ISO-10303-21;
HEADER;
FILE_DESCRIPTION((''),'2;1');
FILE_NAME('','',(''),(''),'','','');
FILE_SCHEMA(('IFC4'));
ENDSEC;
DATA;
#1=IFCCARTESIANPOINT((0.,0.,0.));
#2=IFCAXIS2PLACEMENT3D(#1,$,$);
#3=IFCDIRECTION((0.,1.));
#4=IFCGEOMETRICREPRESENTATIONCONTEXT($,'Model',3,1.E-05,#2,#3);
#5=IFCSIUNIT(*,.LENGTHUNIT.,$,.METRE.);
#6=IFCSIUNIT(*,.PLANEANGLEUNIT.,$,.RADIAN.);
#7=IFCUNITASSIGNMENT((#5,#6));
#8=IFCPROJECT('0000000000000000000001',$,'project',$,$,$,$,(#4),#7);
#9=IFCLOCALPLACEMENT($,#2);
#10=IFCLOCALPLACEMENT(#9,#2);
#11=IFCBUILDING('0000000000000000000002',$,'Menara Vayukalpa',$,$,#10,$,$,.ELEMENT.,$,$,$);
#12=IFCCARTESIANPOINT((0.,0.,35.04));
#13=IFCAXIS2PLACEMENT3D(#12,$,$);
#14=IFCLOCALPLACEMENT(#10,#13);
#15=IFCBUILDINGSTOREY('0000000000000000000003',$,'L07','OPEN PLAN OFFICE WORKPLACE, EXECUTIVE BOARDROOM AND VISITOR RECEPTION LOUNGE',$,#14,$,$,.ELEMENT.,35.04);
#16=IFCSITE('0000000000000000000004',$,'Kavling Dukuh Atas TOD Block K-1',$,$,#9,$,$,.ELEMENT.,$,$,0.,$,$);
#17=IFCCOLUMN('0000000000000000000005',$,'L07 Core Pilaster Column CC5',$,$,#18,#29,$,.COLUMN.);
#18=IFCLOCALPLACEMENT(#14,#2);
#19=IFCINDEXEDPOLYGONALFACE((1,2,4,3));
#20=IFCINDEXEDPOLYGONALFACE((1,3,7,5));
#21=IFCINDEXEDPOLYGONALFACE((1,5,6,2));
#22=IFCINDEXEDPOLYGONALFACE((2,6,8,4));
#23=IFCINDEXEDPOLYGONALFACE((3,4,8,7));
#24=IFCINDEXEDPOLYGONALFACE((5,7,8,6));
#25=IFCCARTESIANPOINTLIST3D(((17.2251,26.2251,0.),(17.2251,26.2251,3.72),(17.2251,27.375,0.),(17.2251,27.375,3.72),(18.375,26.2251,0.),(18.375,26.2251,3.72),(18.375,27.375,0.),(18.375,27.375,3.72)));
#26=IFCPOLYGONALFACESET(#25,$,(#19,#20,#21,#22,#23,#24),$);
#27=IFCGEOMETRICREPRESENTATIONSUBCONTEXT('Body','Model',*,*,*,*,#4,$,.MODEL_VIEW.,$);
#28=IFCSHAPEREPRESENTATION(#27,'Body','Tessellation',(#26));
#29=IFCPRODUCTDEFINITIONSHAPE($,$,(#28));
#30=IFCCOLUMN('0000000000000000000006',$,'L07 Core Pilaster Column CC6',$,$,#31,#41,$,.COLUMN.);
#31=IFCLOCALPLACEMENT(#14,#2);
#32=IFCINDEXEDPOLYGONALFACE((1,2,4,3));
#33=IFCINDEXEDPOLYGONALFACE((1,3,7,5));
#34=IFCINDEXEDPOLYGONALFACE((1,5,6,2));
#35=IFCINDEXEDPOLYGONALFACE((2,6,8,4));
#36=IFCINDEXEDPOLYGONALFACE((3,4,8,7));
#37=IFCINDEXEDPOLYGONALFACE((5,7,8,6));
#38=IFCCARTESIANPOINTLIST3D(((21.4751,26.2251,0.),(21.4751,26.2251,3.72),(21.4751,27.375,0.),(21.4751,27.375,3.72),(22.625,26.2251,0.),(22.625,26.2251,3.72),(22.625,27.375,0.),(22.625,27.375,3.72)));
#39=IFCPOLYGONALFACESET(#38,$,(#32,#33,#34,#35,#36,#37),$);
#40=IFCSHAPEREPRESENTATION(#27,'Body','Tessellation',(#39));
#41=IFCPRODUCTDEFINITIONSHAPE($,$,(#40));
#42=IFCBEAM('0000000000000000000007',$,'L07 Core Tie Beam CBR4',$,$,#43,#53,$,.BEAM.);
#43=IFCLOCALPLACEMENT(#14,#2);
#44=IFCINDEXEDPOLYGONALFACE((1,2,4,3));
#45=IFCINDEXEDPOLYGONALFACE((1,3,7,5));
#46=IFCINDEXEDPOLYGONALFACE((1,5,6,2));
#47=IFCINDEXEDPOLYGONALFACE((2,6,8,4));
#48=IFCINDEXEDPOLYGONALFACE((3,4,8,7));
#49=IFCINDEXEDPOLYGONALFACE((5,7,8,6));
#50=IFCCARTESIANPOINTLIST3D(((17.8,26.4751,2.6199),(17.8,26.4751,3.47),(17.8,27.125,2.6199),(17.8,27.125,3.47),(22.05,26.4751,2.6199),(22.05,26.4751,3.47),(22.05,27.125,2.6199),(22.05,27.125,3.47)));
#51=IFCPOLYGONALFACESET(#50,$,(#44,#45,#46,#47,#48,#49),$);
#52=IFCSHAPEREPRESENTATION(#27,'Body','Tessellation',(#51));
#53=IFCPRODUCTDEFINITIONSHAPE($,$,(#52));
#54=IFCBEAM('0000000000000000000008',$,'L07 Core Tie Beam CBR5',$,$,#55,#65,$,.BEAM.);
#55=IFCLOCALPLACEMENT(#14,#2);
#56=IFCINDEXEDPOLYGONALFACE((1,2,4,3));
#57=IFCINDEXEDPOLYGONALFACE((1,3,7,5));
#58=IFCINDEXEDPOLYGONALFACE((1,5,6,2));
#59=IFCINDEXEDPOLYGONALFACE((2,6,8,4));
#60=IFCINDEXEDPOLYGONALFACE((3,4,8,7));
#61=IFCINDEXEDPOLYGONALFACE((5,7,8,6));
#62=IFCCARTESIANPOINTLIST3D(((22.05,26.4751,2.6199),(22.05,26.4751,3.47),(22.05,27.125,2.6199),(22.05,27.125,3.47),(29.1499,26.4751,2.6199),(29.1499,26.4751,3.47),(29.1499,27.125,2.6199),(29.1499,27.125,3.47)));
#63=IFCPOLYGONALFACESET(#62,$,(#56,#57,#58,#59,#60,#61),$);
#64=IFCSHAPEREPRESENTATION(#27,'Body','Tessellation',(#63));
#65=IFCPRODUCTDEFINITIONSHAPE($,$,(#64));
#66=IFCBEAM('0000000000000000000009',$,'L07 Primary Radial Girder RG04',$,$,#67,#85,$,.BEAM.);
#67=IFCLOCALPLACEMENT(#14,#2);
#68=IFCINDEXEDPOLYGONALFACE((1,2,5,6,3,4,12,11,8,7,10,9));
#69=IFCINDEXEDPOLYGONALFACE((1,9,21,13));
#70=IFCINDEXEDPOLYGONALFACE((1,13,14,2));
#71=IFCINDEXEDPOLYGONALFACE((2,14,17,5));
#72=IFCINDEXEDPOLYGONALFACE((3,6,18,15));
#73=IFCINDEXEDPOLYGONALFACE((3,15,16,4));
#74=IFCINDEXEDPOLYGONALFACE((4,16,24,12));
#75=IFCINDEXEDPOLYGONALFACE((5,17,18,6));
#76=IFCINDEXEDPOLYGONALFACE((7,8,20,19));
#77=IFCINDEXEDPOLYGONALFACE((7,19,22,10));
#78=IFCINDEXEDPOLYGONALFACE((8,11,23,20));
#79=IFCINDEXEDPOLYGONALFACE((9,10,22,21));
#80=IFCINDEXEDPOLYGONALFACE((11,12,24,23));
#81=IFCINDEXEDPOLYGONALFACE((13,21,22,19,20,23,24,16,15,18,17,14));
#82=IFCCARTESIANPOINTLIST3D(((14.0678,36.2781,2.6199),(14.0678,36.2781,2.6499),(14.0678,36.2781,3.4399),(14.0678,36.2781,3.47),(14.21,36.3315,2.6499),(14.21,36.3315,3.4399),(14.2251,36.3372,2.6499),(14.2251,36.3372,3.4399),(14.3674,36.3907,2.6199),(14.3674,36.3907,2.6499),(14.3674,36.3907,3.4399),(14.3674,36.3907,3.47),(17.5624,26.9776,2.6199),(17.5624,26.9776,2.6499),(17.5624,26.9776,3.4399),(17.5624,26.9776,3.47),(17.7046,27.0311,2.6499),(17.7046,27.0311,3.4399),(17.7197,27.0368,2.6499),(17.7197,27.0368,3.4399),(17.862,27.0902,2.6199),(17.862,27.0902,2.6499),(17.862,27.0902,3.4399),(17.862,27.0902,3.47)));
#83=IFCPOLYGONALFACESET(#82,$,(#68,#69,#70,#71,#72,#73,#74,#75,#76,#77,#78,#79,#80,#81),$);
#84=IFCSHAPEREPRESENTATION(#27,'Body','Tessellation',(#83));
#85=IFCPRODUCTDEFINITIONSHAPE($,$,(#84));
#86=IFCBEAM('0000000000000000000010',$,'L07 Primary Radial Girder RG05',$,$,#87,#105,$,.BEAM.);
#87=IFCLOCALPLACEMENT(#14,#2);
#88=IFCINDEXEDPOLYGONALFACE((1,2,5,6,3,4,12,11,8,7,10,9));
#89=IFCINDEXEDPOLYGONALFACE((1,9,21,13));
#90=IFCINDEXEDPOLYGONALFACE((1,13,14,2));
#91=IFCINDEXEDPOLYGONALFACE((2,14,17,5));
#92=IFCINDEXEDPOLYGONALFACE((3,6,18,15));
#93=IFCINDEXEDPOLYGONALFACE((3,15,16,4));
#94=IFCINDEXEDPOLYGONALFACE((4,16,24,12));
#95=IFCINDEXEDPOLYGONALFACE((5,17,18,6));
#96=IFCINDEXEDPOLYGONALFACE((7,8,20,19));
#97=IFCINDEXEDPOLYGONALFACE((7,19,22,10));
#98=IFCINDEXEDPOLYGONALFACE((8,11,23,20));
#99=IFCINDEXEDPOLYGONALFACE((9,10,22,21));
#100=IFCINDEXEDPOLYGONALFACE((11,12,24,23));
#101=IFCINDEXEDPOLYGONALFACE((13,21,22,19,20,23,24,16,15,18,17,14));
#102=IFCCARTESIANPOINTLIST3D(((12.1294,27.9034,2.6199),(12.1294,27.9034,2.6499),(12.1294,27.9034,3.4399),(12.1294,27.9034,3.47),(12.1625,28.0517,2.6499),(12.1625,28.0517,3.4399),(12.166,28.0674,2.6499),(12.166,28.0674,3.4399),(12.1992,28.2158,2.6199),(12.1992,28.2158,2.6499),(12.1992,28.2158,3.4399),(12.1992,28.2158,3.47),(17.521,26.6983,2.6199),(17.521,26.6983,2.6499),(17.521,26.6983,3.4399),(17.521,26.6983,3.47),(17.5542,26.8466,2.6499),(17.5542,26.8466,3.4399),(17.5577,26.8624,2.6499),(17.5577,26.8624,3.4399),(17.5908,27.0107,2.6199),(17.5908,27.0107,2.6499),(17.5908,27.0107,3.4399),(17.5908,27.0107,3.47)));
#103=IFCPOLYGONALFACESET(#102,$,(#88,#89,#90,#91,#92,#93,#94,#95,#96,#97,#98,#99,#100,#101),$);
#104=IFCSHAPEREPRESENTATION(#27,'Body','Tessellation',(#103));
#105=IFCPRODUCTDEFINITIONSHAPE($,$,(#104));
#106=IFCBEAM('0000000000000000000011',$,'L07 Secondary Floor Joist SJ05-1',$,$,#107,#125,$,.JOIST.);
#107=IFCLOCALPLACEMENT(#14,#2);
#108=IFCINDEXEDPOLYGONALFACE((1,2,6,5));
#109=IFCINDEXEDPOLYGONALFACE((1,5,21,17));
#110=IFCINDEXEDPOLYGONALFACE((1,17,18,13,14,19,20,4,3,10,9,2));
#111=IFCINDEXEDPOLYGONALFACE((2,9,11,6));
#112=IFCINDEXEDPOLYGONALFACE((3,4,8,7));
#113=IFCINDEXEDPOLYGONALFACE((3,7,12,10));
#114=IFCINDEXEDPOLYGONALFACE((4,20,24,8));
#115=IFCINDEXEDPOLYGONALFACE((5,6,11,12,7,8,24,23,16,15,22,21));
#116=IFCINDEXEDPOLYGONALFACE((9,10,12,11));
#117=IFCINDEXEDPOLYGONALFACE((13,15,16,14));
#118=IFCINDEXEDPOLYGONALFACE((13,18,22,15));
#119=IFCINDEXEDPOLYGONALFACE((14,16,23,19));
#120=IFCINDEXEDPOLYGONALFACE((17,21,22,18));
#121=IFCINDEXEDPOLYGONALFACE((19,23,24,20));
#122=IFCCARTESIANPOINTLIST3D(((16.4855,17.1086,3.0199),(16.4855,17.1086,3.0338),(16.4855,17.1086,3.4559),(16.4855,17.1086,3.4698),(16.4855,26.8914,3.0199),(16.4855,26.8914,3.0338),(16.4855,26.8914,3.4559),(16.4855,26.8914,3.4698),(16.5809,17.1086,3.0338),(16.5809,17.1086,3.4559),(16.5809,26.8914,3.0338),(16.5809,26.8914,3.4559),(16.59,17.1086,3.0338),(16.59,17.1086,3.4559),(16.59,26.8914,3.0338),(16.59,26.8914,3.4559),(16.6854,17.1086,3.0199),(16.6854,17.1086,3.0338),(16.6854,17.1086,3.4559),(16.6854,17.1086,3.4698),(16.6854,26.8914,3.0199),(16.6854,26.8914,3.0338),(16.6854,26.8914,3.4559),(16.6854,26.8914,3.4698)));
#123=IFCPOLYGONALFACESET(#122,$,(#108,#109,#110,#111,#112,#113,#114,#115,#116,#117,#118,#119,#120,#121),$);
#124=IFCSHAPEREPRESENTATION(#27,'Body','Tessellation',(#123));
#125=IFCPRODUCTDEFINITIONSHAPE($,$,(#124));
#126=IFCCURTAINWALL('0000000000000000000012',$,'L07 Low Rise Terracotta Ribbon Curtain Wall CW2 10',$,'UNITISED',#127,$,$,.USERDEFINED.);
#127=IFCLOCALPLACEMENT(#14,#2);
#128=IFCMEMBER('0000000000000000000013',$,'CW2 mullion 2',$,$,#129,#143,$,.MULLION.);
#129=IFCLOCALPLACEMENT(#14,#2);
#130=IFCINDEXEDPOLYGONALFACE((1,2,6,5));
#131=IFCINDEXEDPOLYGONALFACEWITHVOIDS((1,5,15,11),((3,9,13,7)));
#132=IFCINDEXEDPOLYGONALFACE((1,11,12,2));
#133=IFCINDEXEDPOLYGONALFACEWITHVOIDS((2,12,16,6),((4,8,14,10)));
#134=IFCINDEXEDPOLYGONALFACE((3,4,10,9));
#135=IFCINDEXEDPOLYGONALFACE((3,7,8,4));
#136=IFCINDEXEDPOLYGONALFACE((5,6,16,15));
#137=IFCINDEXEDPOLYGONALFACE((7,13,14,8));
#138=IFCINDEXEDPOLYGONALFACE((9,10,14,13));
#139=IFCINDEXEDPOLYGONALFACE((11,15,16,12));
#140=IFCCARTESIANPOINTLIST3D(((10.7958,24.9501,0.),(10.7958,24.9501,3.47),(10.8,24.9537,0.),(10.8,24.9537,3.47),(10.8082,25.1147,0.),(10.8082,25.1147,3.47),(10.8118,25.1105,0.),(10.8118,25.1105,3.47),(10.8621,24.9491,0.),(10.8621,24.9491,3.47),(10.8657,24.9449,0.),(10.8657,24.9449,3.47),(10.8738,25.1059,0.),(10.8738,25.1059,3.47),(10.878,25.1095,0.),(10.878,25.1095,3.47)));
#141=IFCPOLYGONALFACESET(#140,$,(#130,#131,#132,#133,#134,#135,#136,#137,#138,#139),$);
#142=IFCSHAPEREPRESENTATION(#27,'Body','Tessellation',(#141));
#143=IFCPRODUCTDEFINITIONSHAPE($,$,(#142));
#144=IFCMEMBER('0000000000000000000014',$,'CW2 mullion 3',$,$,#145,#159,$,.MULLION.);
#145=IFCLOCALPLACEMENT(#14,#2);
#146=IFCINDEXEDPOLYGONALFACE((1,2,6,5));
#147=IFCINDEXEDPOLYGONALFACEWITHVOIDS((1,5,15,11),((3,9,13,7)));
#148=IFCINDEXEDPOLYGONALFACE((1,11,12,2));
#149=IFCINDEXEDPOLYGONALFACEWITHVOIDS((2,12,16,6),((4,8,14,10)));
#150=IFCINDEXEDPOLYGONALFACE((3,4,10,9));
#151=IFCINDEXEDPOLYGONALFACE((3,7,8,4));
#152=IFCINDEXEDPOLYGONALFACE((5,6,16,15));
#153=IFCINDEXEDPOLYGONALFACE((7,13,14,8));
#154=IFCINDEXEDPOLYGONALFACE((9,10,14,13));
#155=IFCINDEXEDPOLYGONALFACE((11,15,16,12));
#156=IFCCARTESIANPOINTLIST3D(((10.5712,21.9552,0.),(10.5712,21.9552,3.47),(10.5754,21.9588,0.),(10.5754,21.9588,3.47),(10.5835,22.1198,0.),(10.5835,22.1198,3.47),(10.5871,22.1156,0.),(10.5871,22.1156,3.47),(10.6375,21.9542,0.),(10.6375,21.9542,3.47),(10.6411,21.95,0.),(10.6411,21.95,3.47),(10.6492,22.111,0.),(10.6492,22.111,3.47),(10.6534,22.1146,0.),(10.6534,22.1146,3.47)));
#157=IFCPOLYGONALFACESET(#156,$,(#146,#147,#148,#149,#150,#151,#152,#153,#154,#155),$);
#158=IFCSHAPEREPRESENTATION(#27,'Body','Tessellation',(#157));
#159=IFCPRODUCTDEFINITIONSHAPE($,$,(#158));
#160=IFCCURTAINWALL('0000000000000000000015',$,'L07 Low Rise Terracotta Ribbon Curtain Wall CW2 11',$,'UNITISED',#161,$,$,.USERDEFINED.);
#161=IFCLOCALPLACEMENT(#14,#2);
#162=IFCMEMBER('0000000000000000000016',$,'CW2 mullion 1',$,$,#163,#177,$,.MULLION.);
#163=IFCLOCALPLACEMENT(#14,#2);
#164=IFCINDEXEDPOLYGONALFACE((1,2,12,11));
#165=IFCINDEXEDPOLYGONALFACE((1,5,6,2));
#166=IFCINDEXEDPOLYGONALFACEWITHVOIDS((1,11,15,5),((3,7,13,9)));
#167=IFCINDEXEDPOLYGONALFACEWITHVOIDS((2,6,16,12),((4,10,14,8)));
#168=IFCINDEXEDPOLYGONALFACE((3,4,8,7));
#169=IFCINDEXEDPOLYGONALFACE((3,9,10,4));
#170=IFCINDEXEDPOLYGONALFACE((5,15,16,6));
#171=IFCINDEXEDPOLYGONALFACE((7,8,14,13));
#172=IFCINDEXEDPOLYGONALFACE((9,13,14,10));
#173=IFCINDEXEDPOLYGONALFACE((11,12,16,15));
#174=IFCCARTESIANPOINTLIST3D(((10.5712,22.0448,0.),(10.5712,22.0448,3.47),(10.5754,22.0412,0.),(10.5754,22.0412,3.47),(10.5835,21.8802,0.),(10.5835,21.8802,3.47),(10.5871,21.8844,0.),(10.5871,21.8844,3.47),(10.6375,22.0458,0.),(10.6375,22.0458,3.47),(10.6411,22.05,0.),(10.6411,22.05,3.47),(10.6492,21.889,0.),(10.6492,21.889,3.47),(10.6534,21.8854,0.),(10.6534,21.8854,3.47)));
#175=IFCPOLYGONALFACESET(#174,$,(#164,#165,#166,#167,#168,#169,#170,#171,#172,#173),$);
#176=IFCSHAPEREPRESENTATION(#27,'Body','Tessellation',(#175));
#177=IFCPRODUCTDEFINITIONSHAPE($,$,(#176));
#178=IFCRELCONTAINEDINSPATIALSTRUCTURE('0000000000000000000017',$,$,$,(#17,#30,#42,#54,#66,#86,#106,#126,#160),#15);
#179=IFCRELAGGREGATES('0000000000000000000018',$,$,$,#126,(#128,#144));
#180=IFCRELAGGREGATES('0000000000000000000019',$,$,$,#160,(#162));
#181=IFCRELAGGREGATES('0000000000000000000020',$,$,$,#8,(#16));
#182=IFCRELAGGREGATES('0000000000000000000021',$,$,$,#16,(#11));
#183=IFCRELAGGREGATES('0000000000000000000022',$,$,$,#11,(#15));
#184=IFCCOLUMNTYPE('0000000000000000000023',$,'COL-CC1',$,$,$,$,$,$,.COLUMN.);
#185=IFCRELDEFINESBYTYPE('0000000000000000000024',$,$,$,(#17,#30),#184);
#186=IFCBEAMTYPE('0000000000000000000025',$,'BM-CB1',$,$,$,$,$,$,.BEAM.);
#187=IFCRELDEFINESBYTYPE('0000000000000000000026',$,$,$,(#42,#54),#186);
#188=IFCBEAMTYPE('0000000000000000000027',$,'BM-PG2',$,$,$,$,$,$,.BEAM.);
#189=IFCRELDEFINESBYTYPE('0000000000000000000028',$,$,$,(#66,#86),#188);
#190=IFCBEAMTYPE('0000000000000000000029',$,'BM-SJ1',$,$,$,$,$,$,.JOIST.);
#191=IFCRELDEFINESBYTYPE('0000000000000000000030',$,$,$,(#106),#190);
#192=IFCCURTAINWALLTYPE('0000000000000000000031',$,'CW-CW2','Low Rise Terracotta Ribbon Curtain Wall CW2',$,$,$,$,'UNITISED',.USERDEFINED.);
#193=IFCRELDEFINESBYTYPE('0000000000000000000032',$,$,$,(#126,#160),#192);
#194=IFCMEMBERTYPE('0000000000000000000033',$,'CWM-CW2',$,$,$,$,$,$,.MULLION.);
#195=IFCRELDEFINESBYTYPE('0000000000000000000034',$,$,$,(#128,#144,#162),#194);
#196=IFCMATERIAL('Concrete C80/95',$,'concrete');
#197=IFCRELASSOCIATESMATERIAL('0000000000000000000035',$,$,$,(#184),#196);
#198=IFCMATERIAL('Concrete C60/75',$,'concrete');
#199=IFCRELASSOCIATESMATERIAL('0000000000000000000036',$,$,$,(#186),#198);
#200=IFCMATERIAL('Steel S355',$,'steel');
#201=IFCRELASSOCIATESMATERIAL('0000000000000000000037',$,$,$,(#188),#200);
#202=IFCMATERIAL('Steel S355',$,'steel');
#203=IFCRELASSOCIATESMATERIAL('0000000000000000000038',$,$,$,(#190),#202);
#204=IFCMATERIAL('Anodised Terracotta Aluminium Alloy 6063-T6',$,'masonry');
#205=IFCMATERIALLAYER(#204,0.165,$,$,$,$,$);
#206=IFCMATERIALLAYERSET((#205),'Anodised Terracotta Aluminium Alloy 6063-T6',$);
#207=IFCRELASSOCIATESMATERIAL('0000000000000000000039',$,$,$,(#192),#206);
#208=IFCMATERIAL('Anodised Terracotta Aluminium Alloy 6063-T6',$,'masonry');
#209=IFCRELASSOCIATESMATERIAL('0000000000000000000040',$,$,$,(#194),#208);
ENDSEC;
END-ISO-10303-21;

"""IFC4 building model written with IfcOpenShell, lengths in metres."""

from ifc_helpers import new_model, si_unit, direction, frame, origin, origin_2d, place, context, subcontext, project, spatial, rectangle, hollow_rectangle, i_section, extrude, material, layer, layer_set, material_profile, profile_set, type_object, element, aggregate, save


model = new_model("IFC4")

# Units and contexts
model_context = context("Model", 3, precision=1e-05, world=origin(), true_north=direction((0.0, 1.0)))
body_context = subcontext(model_context, "Body", "Model", "MODEL_VIEW")
ifc_project = project(units=[si_unit("LENGTHUNIT", "METRE"), si_unit("PLANEANGLEUNIT", "RADIAN")], contexts=[model_context])

# Site, building, storey
site_placement = place(None, origin())
site = spatial("IfcSite", under=ifc_project, at=site_placement, Name="Kavling Dukuh Atas TOD Block K-1", CompositionType="ELEMENT", RefElevation=0.0)
building_placement = place(site_placement, origin())
building = spatial("IfcBuilding", under=site, at=building_placement, Name="Menara Vayukalpa", CompositionType="ELEMENT")
storey_placement = place(building_placement, frame((0.0, 0.0, 35.04)))
storey = spatial("IfcBuildingStorey", under=building, at=storey_placement, Name="L07", Description="OPEN PLAN OFFICE WORKPLACE, EXECUTIVE BOARDROOM AND VISITOR RECEPTION LOUNGE", CompositionType="ELEMENT", Elevation=35.04)

# Columns
ifc_material_1 = material(Name="Concrete C80/95", Category="concrete")
ifc_material_profile_1 = material_profile(ifc_material_1, rectangle(XDim=1.1499, YDim=1.1499, at=origin_2d()), Name="RC 1150x1150")
ifc_profile_set_1 = profile_set([ifc_material_profile_1], Name="Concrete C80/95")
column_type = type_object("IfcColumnType", Name="COL-CC1", PredefinedType="COLUMN", material=ifc_profile_set_1)
for number, where, z_axis, x_axis, name in (
    (1, (17.8, 26.8, 0.0), (0.0, 0.0, 1.0), (1.0, 0.0, 0.0), "L07 Core Pilaster Column CC5"),
    (2, (22.05, 26.8, 0.0), (0.0, 0.0, 1.0), (1.0, 0.0, 0.0), "L07 Core Pilaster Column CC6"),
):
    element("IfcColumn", number, at=place(storey_placement, frame(where, z_axis=z_axis, x_axis=x_axis)), inside=storey, type_object=column_type, Name=name, PredefinedType="COLUMN", context=body_context, shape_type="SweptSolid", body=[
        extrude(rectangle(XDim=1.1499, YDim=1.1499, at=origin_2d()), origin(), (0.0, 0.0, 1.0), 3.72),
    ])

# Beams
ifc_material_2 = material(Name="Concrete C60/75", Category="concrete")
ifc_material_profile_2 = material_profile(ifc_material_2, rectangle(XDim=0.6499, YDim=0.8501, at=origin_2d()), Name="RC 650x850")
ifc_profile_set_2 = profile_set([ifc_material_profile_2], Name="Concrete C60/75")
beam_type_1 = type_object("IfcBeamType", Name="BM-CB1", PredefinedType="BEAM", material=ifc_profile_set_2)
beam_1_placement = place(storey_placement, frame((17.8, 26.8, 3.0449), z_axis=(1.0, 0.0, 0.0), x_axis=(0.0, 1.0, 0.0)))
element("IfcBeam", 3, at=beam_1_placement, inside=storey, type_object=beam_type_1, Name="L07 Core Tie Beam CBR4", PredefinedType="BEAM", context=body_context, shape_type="SweptSolid", body=[
    extrude(rectangle(XDim=0.6499, YDim=0.8501, at=origin_2d()), origin(), (0.0, 0.0, 1.0), 4.25),
])
beam_2_placement = place(storey_placement, frame((22.05, 26.8, 3.0449), z_axis=(1.0, 0.0, 0.0), x_axis=(0.0, 1.0, 0.0)))
element("IfcBeam", 4, at=beam_2_placement, inside=storey, type_object=beam_type_1, Name="L07 Core Tie Beam CBR5", PredefinedType="BEAM", context=body_context, shape_type="SweptSolid", body=[
    extrude(rectangle(XDim=0.6499, YDim=0.8501, at=origin_2d()), origin(), (0.0, 0.0, 1.0), 7.0999),
])
ifc_material_3 = material(Name="Steel S355", Category="steel")
ifc_material_profile_3 = material_profile(ifc_material_3, i_section(OverallWidth=0.3201, OverallDepth=0.8501, WebThickness=0.0161, FlangeThickness=0.03, at=origin_2d()), Name="WF 850x320x16x30")
ifc_profile_set_3 = profile_set([ifc_material_profile_3], Name="Steel S355")
beam_type_2 = type_object("IfcBeamType", Name="BM-PG2", PredefinedType="BEAM", material=ifc_profile_set_3)
beam_3_placement = place(storey_placement, frame((17.7122, 27.0339, 3.0449), z_axis=(-0.351735, 0.9361, 0.0), x_axis=(-0.9361, -0.351735, 0.0)))
element("IfcBeam", 5, at=beam_3_placement, inside=storey, type_object=beam_type_2, Name="L07 Primary Radial Girder RG04", PredefinedType="BEAM", context=body_context, shape_type="SweptSolid", body=[
    extrude(i_section(OverallWidth=0.3201, OverallDepth=0.8501, WebThickness=0.0161, FlangeThickness=0.03, at=origin_2d()), origin(), (0.0, 0.0, 1.0), 9.9353),
])
beam_4_placement = place(storey_placement, frame((17.5559, 26.8545, 3.0449), z_axis=(-0.97592, 0.218128, 0.0), x_axis=(-0.218128, -0.97592, 0.0)))
element("IfcBeam", 6, at=beam_4_placement, inside=storey, type_object=beam_type_2, Name="L07 Primary Radial Girder RG05", PredefinedType="BEAM", context=body_context, shape_type="SweptSolid", body=[
    extrude(i_section(OverallWidth=0.3201, OverallDepth=0.8501, WebThickness=0.0161, FlangeThickness=0.03, at=origin_2d()), origin(), (0.0, 0.0, 1.0), 5.5247),
])
ifc_material_4 = material(Name="Steel S355", Category="steel")
ifc_material_profile_4 = material_profile(ifc_material_4, i_section(OverallWidth=0.2, OverallDepth=0.45, WebThickness=0.009, FlangeThickness=0.0139, at=origin_2d()), Name="WF 450x200x9x14")
ifc_profile_set_4 = profile_set([ifc_material_profile_4], Name="Steel S355")
beam_type_3 = type_object("IfcBeamType", Name="BM-SJ1", PredefinedType="JOIST", material=ifc_profile_set_4)
beam_5_placement = place(storey_placement, frame((16.5854, 26.8914, 3.2449), z_axis=(0.0, -1.0, 0.0), x_axis=(1.0, 0.0, 0.0)))
element("IfcBeam", 7, at=beam_5_placement, inside=storey, type_object=beam_type_3, Name="L07 Secondary Floor Joist SJ05-1", PredefinedType="JOIST", context=body_context, shape_type="SweptSolid", body=[
    extrude(i_section(OverallWidth=0.2, OverallDepth=0.45, WebThickness=0.009, FlangeThickness=0.0139, at=origin_2d()), origin(), (0.0, 0.0, 1.0), 9.7827),
])

# Curtain wall, members
ifc_material_5 = material(Name="Anodised Terracotta Aluminium Alloy 6063-T6", Category="masonry")
ifc_layer_1 = layer(ifc_material_5, 0.165)
ifc_layer_set_1 = layer_set([ifc_layer_1], Name="Anodised Terracotta Aluminium Alloy 6063-T6")
curtain_wall_type = type_object("IfcCurtainWallType", Name="CW-CW2", Description="Low Rise Terracotta Ribbon Curtain Wall CW2", ElementType="UNITISED", PredefinedType="USERDEFINED", material=ifc_layer_set_1)
curtain_wall_1_placement = place(storey_placement, origin())
curtain_wall_1 = element("IfcCurtainWall", 8, at=curtain_wall_1_placement, inside=storey, type_object=curtain_wall_type, Name="L07 Low Rise Terracotta Ribbon Curtain Wall CW2 10", ObjectType="UNITISED", PredefinedType="USERDEFINED")
ifc_material_6 = material(Name="Anodised Terracotta Aluminium Alloy 6063-T6", Category="masonry")
ifc_material_profile_5 = material_profile(ifc_material_6, hollow_rectangle(XDim=0.0701, YDim=0.165, WallThickness=0.0039, at=origin_2d()), Name="ALU 70x165x4")
ifc_profile_set_5 = profile_set([ifc_material_profile_5], Name="Anodised Terracotta Aluminium Alloy 6063-T6")
member_type_1 = type_object("IfcMemberType", Name="CWM-CW2", PredefinedType="MULLION", material=ifc_profile_set_5)
member_1_placement = place(storey_placement, frame((10.8369, 25.0298, 0.0), z_axis=(0.0, 0.0, 1.0), x_axis=(0.997199, -0.074795, 0.0)))
member_1 = element("IfcMember", 9, at=member_1_placement, type_object=member_type_1, Name="CW2 mullion 2", PredefinedType="MULLION", context=body_context, shape_type="SweptSolid", body=[
    extrude(hollow_rectangle(XDim=0.0701, YDim=0.165, WallThickness=0.0039, at=origin_2d()), origin(), (0.0, 0.0, 1.0), 3.47),
])
member_2_placement = place(storey_placement, frame((10.6123, 22.0349, 0.0), z_axis=(0.0, 0.0, 1.0), x_axis=(0.997199, -0.074795, 0.0)))
member_2 = element("IfcMember", 10, at=member_2_placement, type_object=member_type_1, Name="CW2 mullion 3", PredefinedType="MULLION", context=body_context, shape_type="SweptSolid", body=[
    extrude(hollow_rectangle(XDim=0.0701, YDim=0.165, WallThickness=0.0039, at=origin_2d()), origin(), (0.0, 0.0, 1.0), 3.47),
])

# Curtain wall, member
curtain_wall_2_placement = place(storey_placement, origin())
curtain_wall_2 = element("IfcCurtainWall", 11, at=curtain_wall_2_placement, inside=storey, type_object=curtain_wall_type, Name="L07 Low Rise Terracotta Ribbon Curtain Wall CW2 11", ObjectType="UNITISED", PredefinedType="USERDEFINED")
member_3_placement = place(storey_placement, frame((10.6123, 21.9651, 0.0), z_axis=(0.0, 0.0, 1.0), x_axis=(0.997199, 0.074795, 0.0)))
member_3 = element("IfcMember", 12, at=member_3_placement, type_object=member_type_1, Name="CW2 mullion 1", PredefinedType="MULLION", context=body_context, shape_type="SweptSolid", body=[
    extrude(hollow_rectangle(XDim=0.0701, YDim=0.165, WallThickness=0.0039, at=origin_2d()), origin(), (0.0, 0.0, 1.0), 3.47),
])

aggregate(curtain_wall_1, [member_1, member_2])
aggregate(curtain_wall_2, [member_3])

save(model, "model.ifc")
